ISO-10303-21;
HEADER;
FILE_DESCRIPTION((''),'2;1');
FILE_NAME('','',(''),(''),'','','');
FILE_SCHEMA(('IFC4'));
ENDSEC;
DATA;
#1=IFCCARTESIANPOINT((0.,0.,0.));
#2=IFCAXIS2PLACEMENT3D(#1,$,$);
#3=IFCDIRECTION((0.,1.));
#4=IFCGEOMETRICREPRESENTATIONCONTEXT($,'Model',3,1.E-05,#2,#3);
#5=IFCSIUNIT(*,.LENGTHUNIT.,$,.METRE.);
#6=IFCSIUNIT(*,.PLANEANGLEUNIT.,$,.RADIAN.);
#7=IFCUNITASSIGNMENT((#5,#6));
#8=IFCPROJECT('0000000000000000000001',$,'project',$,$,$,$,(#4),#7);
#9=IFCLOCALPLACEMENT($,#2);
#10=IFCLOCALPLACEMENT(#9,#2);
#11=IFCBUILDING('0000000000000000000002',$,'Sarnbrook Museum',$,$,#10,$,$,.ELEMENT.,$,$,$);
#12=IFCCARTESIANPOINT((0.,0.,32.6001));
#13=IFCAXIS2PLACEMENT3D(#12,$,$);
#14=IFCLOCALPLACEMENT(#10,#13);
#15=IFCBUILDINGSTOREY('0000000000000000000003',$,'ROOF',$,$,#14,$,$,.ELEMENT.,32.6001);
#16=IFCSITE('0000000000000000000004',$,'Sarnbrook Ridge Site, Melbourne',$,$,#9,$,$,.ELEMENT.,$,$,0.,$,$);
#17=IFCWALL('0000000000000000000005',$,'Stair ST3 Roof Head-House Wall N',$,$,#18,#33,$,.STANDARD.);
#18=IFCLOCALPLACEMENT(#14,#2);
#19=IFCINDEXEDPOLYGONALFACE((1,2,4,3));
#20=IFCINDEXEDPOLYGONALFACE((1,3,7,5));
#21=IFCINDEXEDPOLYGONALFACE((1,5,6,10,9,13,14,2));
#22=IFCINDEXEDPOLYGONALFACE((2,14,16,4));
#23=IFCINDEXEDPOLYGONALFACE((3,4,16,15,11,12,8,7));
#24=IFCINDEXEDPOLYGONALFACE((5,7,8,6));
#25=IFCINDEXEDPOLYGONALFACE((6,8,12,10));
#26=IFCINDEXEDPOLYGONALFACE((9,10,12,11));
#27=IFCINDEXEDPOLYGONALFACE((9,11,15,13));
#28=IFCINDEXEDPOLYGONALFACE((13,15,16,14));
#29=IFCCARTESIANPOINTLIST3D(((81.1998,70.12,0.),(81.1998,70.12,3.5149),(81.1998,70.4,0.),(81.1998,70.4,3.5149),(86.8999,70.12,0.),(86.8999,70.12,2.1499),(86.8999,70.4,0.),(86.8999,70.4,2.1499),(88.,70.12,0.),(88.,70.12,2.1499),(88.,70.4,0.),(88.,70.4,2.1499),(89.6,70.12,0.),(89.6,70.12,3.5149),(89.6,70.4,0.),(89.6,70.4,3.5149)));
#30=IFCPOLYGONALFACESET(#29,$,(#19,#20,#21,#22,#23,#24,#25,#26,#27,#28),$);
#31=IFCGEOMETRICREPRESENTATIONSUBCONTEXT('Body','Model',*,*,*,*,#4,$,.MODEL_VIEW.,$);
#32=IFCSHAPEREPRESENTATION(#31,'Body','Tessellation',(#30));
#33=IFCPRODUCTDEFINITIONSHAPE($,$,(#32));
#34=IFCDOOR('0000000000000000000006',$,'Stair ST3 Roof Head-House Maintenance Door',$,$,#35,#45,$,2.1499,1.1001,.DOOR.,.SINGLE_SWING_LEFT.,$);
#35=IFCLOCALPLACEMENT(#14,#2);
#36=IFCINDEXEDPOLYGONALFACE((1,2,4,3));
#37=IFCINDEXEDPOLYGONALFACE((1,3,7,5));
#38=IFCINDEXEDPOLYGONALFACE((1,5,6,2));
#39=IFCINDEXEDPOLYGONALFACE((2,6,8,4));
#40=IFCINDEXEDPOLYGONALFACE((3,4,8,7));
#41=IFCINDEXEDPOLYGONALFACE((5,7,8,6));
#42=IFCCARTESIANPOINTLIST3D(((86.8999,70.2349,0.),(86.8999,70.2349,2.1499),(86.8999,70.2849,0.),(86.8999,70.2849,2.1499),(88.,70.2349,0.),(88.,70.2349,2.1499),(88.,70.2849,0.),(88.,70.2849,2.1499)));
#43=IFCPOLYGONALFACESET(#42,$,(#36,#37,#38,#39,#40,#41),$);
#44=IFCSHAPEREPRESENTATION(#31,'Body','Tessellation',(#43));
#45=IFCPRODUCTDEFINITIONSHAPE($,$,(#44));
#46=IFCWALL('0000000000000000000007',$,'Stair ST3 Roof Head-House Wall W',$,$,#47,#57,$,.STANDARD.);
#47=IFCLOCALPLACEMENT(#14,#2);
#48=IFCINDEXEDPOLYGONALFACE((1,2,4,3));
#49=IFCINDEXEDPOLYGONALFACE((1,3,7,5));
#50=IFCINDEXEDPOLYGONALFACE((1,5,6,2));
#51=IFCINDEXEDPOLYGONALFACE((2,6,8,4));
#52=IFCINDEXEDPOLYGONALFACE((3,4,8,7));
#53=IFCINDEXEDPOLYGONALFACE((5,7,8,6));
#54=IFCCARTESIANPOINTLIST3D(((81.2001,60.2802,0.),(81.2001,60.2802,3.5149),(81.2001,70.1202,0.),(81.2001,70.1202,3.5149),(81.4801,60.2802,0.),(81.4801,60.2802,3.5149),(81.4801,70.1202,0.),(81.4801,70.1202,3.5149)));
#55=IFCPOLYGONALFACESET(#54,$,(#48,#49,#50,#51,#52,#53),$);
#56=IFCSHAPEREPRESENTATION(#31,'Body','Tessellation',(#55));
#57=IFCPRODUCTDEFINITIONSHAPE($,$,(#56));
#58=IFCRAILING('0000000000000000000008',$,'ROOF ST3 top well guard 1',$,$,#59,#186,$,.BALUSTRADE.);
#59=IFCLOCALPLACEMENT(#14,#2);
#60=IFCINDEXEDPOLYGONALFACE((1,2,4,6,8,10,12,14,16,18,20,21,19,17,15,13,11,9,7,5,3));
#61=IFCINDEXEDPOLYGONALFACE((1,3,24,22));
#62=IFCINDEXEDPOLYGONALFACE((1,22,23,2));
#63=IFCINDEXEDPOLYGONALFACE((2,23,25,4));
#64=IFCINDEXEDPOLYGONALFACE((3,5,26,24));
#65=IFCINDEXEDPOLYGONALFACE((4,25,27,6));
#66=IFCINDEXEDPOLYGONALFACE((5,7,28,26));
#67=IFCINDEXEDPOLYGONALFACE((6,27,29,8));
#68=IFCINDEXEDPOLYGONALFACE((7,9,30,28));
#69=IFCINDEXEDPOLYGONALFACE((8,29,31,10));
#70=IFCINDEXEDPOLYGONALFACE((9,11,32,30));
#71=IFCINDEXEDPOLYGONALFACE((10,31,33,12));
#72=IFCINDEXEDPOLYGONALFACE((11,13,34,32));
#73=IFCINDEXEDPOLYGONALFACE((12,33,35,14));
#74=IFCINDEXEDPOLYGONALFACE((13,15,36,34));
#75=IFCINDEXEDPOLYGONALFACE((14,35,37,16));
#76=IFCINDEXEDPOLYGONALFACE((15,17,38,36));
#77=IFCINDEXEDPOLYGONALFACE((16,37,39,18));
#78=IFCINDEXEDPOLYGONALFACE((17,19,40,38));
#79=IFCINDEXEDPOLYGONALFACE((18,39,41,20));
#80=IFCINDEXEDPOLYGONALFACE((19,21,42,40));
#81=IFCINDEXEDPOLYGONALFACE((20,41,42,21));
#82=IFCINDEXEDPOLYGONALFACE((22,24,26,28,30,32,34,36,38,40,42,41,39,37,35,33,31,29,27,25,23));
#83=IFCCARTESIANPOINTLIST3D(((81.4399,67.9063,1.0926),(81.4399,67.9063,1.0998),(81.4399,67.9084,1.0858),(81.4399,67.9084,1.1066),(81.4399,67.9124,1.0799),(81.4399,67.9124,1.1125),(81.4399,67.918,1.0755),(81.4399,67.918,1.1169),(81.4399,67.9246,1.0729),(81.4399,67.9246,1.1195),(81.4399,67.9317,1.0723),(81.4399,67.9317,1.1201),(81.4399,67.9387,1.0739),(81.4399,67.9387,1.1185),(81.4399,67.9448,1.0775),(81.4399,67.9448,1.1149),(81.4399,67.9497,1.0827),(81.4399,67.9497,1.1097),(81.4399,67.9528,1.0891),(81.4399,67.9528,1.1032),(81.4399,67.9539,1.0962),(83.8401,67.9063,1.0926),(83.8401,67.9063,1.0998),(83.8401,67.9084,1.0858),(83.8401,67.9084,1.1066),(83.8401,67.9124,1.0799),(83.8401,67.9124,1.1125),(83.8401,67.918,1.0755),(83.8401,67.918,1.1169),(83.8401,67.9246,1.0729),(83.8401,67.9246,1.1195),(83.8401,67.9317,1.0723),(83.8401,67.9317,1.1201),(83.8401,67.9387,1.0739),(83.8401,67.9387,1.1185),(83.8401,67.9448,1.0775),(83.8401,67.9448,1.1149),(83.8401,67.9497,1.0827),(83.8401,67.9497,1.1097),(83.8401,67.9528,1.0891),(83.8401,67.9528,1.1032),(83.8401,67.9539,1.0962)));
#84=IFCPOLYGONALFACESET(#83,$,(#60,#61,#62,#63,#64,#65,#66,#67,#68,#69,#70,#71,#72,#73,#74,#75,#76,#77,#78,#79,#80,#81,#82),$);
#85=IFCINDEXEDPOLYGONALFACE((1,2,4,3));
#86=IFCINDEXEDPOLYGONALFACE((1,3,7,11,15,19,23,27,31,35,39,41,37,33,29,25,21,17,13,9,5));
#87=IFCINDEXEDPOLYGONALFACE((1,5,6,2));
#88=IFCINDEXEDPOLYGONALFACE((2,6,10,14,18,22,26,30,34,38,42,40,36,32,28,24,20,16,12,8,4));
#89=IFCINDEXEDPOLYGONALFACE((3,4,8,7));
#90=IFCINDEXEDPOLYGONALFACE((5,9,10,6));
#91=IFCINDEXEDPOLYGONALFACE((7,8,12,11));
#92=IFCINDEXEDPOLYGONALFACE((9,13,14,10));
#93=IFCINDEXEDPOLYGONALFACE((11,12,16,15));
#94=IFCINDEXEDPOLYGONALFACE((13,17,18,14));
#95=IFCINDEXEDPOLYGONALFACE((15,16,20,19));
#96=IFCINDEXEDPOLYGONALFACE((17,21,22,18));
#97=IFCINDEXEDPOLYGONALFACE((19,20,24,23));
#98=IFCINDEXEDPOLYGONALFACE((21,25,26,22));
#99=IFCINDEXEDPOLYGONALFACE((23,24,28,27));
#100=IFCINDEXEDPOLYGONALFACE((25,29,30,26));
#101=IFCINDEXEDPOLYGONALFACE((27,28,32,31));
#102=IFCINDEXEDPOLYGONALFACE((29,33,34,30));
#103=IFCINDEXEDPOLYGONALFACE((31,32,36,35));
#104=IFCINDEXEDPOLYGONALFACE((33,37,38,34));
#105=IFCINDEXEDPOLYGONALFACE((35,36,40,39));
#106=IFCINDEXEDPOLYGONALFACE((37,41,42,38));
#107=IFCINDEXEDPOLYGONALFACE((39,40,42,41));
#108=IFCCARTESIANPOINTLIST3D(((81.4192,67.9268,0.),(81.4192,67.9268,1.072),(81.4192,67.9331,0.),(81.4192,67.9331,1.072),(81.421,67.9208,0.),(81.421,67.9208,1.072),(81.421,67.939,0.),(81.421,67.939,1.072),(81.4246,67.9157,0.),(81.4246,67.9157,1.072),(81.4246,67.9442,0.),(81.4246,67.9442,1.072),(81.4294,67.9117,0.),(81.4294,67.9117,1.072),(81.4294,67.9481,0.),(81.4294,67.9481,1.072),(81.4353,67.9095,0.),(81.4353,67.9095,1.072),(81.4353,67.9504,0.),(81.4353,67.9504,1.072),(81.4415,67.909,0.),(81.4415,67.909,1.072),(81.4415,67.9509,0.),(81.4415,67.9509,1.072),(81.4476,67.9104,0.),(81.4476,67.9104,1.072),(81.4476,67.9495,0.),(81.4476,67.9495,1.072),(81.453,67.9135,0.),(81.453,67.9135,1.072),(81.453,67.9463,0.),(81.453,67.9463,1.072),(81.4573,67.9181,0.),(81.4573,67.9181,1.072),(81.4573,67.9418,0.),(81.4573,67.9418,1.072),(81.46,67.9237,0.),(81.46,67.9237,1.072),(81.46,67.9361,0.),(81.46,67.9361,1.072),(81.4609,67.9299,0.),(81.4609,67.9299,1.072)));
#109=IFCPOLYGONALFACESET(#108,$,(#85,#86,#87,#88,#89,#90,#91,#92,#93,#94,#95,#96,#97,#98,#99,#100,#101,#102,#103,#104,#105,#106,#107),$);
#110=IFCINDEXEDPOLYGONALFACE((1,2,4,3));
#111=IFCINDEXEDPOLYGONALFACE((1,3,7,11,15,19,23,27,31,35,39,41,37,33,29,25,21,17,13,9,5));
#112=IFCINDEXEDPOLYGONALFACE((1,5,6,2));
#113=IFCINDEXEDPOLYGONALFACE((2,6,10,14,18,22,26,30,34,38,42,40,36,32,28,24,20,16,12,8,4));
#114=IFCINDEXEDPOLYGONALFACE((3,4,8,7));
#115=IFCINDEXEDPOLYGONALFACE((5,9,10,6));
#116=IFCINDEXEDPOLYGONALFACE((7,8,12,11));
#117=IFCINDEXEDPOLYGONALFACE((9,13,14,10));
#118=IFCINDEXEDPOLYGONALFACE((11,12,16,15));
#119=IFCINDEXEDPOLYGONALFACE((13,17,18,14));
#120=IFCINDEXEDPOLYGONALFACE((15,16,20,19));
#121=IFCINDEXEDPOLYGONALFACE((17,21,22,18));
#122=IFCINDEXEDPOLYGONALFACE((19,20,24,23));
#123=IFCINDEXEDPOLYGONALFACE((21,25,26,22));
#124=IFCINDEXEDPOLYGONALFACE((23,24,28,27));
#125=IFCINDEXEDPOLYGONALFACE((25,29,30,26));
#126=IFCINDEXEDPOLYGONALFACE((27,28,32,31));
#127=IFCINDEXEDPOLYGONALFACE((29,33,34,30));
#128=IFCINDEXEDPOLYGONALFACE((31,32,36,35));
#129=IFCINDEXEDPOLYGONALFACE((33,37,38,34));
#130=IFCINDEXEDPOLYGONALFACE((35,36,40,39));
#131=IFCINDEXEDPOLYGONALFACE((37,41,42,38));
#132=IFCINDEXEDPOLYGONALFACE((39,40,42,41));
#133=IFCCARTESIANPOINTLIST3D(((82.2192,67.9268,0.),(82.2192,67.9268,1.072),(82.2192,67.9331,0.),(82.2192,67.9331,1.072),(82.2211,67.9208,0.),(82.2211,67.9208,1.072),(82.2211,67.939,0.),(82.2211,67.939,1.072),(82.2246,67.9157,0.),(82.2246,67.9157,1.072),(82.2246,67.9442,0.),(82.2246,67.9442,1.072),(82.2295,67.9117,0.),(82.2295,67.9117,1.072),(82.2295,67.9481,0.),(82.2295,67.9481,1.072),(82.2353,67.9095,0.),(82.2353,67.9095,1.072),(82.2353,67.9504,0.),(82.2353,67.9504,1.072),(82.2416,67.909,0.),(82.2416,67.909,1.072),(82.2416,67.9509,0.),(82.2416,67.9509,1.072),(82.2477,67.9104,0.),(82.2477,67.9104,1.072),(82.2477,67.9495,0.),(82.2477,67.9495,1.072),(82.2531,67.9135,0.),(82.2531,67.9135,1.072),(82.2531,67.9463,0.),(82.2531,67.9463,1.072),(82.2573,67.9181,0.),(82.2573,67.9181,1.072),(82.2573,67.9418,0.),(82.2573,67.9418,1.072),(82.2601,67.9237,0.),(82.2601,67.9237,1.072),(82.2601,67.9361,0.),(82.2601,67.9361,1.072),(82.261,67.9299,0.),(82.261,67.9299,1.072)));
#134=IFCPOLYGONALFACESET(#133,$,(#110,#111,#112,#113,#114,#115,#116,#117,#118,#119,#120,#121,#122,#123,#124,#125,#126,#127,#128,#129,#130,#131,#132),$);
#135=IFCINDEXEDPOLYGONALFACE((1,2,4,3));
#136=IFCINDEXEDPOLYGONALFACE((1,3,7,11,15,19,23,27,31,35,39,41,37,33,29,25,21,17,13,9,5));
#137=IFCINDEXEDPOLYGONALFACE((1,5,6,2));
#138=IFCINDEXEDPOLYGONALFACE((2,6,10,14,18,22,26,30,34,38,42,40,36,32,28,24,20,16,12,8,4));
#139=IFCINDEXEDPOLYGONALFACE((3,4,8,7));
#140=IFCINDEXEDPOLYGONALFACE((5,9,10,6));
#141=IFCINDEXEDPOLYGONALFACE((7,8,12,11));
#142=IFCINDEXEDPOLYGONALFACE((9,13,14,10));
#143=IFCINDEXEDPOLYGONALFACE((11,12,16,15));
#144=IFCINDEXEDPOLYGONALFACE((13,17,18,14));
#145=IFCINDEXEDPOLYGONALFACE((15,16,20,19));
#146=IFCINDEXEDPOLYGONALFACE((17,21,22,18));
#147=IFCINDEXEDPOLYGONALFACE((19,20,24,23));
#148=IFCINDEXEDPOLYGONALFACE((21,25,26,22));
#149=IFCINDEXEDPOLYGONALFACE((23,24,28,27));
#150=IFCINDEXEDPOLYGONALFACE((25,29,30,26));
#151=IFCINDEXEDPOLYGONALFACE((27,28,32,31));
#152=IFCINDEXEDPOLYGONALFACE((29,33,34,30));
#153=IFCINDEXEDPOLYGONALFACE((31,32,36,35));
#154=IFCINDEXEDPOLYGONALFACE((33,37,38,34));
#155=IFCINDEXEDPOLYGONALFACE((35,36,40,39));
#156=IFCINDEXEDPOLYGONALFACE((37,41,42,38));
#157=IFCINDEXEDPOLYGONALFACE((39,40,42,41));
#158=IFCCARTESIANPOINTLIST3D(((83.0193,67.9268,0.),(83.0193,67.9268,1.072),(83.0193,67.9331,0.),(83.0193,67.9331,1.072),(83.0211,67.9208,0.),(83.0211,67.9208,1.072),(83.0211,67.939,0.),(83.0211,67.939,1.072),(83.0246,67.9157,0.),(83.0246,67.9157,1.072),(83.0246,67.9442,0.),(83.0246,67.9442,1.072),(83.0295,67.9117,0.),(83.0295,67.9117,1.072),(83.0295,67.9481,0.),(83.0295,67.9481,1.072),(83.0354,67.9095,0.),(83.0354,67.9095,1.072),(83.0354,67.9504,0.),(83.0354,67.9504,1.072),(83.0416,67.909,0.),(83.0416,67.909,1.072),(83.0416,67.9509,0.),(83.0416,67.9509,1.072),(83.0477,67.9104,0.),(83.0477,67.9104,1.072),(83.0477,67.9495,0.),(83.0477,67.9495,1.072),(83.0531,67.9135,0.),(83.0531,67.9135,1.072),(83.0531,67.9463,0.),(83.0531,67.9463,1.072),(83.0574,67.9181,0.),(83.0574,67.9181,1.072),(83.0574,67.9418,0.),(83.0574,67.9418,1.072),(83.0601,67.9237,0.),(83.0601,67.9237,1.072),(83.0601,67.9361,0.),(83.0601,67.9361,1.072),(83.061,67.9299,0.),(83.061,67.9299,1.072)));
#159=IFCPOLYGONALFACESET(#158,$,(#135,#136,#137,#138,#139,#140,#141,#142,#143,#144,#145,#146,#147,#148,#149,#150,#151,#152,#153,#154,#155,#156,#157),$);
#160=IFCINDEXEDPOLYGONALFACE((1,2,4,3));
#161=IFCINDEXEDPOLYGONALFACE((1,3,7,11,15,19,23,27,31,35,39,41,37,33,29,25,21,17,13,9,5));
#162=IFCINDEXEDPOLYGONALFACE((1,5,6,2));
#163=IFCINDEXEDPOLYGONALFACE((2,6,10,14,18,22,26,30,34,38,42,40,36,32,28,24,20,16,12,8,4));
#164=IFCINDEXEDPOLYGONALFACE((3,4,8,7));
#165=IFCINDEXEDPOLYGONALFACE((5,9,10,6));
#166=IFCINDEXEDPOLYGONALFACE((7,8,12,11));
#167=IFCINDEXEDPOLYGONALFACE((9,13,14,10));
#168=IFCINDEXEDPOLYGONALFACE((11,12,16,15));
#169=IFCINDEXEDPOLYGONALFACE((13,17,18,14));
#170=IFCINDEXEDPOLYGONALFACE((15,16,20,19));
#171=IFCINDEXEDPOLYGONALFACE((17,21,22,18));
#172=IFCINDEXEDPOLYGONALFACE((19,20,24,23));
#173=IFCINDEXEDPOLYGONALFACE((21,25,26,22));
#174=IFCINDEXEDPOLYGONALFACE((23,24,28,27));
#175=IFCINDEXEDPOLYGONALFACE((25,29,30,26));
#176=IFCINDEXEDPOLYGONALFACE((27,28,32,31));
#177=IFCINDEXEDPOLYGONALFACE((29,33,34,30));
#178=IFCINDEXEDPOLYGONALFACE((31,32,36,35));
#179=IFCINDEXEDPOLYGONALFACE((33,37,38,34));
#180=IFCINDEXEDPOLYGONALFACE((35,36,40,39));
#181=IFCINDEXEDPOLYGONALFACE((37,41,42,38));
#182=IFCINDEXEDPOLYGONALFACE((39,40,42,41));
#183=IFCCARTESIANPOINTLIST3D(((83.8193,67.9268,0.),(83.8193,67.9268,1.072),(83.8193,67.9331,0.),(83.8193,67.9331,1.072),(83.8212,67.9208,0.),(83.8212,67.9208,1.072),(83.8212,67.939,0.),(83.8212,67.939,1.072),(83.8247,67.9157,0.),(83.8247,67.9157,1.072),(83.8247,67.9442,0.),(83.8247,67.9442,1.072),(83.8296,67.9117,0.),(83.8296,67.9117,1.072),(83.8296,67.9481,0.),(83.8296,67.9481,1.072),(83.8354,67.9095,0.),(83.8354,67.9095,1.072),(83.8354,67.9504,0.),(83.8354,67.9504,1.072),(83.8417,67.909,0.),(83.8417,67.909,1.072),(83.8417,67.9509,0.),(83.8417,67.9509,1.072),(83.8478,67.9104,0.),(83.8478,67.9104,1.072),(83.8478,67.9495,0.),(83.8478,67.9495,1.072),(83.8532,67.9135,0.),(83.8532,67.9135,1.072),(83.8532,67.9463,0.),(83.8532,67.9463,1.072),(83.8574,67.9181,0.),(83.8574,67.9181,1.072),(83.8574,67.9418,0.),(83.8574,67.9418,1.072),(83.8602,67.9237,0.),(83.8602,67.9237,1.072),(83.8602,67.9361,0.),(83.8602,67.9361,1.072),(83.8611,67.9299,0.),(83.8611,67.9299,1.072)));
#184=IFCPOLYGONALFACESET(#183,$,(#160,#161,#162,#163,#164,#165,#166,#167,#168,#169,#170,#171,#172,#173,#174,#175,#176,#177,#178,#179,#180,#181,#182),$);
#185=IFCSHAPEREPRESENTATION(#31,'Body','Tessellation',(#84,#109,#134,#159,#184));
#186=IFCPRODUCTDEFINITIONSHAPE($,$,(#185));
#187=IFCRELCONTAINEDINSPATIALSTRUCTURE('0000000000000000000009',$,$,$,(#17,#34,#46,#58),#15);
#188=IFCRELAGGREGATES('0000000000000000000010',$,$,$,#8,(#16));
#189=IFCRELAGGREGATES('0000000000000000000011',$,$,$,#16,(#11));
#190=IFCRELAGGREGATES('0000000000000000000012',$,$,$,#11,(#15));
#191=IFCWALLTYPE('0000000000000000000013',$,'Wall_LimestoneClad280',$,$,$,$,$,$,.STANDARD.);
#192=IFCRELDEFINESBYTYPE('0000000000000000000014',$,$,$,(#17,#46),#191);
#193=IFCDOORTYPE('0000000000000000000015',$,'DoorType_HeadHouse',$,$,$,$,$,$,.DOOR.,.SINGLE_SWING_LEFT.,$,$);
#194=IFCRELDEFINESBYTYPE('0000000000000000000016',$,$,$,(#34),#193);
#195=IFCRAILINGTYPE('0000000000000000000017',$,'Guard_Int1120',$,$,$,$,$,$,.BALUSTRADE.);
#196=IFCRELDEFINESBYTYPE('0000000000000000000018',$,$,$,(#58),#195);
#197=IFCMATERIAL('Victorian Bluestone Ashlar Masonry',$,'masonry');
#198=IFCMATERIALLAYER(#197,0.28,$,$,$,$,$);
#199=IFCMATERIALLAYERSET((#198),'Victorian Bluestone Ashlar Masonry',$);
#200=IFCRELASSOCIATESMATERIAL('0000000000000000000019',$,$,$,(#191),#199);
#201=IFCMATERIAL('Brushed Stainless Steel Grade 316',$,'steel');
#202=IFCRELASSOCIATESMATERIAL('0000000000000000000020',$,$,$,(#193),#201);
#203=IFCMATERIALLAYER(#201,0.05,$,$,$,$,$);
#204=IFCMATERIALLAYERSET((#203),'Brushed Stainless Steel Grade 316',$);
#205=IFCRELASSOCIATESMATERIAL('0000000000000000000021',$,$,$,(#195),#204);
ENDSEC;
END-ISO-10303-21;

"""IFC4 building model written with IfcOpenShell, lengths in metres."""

from ifc_helpers import new_model, si_unit, direction, frame, frame_2d, origin, origin_2d, place, context, subcontext, project, spatial, rectangle, circle, extrude, material, layer, layer_set, type_object, element, fill, save


model = new_model("IFC4")

# Units and contexts
model_context = context("Model", 3, precision=1e-05, world=origin(), true_north=direction((0.0, 1.0)))
body_context = subcontext(model_context, "Body", "Model", "MODEL_VIEW")
ifc_project = project(units=[si_unit("LENGTHUNIT", "METRE"), si_unit("PLANEANGLEUNIT", "RADIAN")], contexts=[model_context])

# Site, building, storey
site_placement = place(None, origin())
site = spatial("IfcSite", under=ifc_project, at=site_placement, Name="Sarnbrook Ridge Site, Melbourne", CompositionType="ELEMENT", RefElevation=0.0)
building_placement = place(site_placement, origin())
building = spatial("IfcBuilding", under=site, at=building_placement, Name="Sarnbrook Museum", CompositionType="ELEMENT")
storey_placement = place(building_placement, frame((0.0, 0.0, 32.6001)))
storey = spatial("IfcBuildingStorey", under=building, at=storey_placement, Name="ROOF", CompositionType="ELEMENT", Elevation=32.6001)

# Shared definitions
ifc_material_1 = material(Name="Victorian Bluestone Ashlar Masonry", Category="masonry")
ifc_layer_1 = layer(ifc_material_1, 0.28)
ifc_layer_set_1 = layer_set([ifc_layer_1], Name="Victorian Bluestone Ashlar Masonry")
wall_type = type_object("IfcWallType", Name="Wall_LimestoneClad280", PredefinedType="STANDARD", material=ifc_layer_set_1)

# Wall, opening, door
wall_1_placement = place(storey_placement, frame((89.6001, 70.26, 0.0), z_axis=(0.0, 0.0, 1.0), x_axis=(-1.0, 0.0, 0.0)))
wall_1 = element("IfcWall", 1, at=wall_1_placement, inside=storey, type_object=wall_type, Name="Stair ST3 Roof Head-House Wall N", PredefinedType="STANDARD", context=body_context, shape_type="SweptSolid", body=[
    extrude(rectangle(XDim=8.4001, YDim=0.28, at=frame_2d((4.2002, 0.0))), origin(), (0.0, 0.0, 1.0), 3.5149),
])
opening_placement = place(wall_1_placement, frame((1.6001, 0.0, 0.0)))
opening = element("IfcOpeningElement", 2, at=opening_placement, cuts=wall_1, PredefinedType="OPENING", context=body_context, shape_type="SweptSolid", body=[
    extrude(rectangle(XDim=1.1001, YDim=2.1499, at=frame_2d((0.55, 1.075))), frame((0.0, 0.1499, 0.0), z_axis=(0.0, -1.0, 0.0), x_axis=(1.0, 0.0, 0.0)), (0.0, 0.0, 1.0), 0.3),
])
ifc_material_2 = material(Name="Brushed Stainless Steel Grade 316", Category="steel")
door_type = type_object("IfcDoorType", Name="DoorType_HeadHouse", OperationType="SINGLE_SWING_LEFT", PredefinedType="DOOR", material=ifc_material_2)
door_placement = place(opening_placement, frame((1.1001, 0.0, 0.0), z_axis=(0.0, 0.0, 1.0), x_axis=(-1.0, 0.0, 0.0)))
door = element("IfcDoor", 3, at=door_placement, inside=storey, type_object=door_type, Name="Stair ST3 Roof Head-House Maintenance Door", OperationType="SINGLE_SWING_LEFT", OverallHeight=2.1499, OverallWidth=1.1001, PredefinedType="DOOR", context=body_context, shape_type="SweptSolid", body=[
    extrude(rectangle(XDim=1.1001, YDim=2.1499, at=frame_2d((0.55, 1.075))), frame((0.0, 0.0249, 0.0), z_axis=(0.0, -1.0, 0.0), x_axis=(1.0, 0.0, 0.0)), (0.0, 0.0, 1.0), 0.05),
])
fill(opening, door)

# Wall
wall_2_placement = place(storey_placement, frame((81.3401, 70.1201, 0.0), z_axis=(0.0, 0.0, 1.0), x_axis=(0.0, -1.0, 0.0)))
element("IfcWall", 4, at=wall_2_placement, inside=storey, type_object=wall_type, Name="Stair ST3 Roof Head-House Wall W", PredefinedType="STANDARD", context=body_context, shape_type="SweptSolid", body=[
    extrude(rectangle(XDim=9.8401, YDim=0.28, at=frame_2d((4.9199, 0.0))), origin(), (0.0, 0.0, 1.0), 3.5149),
])

# Railing
ifc_layer_2 = layer(ifc_material_2, 0.05)
ifc_layer_set_2 = layer_set([ifc_layer_2], Name="Brushed Stainless Steel Grade 316")
railing_type = type_object("IfcRailingType", Name="Guard_Int1120", PredefinedType="BALUSTRADE", material=ifc_layer_set_2)
railing_1_placement = place(storey_placement, frame((81.4399, 67.9299, 0.0)))
element("IfcRailing", 5, at=railing_1_placement, inside=storey, type_object=railing_type, Name="ROOF ST3 top well guard 1", PredefinedType="BALUSTRADE", context=body_context, shape_type="SweptSolid", body=[
    extrude(circle(Radius=0.0239, at=origin_2d()), frame((0.0, 0.0, 1.0962), z_axis=(1.0, 0.0, 0.0), x_axis=(0.0, 1.0, 0.0)), (0.0, 0.0, 1.0), 2.4001),
    extrude(circle(Radius=0.021, at=origin_2d()), origin(), (0.0, 0.0, 1.0), 1.072),
    extrude(circle(Radius=0.021, at=origin_2d()), frame((0.8, 0.0, 0.0)), (0.0, 0.0, 1.0), 1.072),
    extrude(circle(Radius=0.021, at=origin_2d()), frame((1.6001, 0.0, 0.0)), (0.0, 0.0, 1.0), 1.072),
    extrude(circle(Radius=0.021, at=origin_2d()), frame((2.4001, 0.0, 0.0)), (0.0, 0.0, 1.0), 1.072),
])

save(model, "model.ifc")
